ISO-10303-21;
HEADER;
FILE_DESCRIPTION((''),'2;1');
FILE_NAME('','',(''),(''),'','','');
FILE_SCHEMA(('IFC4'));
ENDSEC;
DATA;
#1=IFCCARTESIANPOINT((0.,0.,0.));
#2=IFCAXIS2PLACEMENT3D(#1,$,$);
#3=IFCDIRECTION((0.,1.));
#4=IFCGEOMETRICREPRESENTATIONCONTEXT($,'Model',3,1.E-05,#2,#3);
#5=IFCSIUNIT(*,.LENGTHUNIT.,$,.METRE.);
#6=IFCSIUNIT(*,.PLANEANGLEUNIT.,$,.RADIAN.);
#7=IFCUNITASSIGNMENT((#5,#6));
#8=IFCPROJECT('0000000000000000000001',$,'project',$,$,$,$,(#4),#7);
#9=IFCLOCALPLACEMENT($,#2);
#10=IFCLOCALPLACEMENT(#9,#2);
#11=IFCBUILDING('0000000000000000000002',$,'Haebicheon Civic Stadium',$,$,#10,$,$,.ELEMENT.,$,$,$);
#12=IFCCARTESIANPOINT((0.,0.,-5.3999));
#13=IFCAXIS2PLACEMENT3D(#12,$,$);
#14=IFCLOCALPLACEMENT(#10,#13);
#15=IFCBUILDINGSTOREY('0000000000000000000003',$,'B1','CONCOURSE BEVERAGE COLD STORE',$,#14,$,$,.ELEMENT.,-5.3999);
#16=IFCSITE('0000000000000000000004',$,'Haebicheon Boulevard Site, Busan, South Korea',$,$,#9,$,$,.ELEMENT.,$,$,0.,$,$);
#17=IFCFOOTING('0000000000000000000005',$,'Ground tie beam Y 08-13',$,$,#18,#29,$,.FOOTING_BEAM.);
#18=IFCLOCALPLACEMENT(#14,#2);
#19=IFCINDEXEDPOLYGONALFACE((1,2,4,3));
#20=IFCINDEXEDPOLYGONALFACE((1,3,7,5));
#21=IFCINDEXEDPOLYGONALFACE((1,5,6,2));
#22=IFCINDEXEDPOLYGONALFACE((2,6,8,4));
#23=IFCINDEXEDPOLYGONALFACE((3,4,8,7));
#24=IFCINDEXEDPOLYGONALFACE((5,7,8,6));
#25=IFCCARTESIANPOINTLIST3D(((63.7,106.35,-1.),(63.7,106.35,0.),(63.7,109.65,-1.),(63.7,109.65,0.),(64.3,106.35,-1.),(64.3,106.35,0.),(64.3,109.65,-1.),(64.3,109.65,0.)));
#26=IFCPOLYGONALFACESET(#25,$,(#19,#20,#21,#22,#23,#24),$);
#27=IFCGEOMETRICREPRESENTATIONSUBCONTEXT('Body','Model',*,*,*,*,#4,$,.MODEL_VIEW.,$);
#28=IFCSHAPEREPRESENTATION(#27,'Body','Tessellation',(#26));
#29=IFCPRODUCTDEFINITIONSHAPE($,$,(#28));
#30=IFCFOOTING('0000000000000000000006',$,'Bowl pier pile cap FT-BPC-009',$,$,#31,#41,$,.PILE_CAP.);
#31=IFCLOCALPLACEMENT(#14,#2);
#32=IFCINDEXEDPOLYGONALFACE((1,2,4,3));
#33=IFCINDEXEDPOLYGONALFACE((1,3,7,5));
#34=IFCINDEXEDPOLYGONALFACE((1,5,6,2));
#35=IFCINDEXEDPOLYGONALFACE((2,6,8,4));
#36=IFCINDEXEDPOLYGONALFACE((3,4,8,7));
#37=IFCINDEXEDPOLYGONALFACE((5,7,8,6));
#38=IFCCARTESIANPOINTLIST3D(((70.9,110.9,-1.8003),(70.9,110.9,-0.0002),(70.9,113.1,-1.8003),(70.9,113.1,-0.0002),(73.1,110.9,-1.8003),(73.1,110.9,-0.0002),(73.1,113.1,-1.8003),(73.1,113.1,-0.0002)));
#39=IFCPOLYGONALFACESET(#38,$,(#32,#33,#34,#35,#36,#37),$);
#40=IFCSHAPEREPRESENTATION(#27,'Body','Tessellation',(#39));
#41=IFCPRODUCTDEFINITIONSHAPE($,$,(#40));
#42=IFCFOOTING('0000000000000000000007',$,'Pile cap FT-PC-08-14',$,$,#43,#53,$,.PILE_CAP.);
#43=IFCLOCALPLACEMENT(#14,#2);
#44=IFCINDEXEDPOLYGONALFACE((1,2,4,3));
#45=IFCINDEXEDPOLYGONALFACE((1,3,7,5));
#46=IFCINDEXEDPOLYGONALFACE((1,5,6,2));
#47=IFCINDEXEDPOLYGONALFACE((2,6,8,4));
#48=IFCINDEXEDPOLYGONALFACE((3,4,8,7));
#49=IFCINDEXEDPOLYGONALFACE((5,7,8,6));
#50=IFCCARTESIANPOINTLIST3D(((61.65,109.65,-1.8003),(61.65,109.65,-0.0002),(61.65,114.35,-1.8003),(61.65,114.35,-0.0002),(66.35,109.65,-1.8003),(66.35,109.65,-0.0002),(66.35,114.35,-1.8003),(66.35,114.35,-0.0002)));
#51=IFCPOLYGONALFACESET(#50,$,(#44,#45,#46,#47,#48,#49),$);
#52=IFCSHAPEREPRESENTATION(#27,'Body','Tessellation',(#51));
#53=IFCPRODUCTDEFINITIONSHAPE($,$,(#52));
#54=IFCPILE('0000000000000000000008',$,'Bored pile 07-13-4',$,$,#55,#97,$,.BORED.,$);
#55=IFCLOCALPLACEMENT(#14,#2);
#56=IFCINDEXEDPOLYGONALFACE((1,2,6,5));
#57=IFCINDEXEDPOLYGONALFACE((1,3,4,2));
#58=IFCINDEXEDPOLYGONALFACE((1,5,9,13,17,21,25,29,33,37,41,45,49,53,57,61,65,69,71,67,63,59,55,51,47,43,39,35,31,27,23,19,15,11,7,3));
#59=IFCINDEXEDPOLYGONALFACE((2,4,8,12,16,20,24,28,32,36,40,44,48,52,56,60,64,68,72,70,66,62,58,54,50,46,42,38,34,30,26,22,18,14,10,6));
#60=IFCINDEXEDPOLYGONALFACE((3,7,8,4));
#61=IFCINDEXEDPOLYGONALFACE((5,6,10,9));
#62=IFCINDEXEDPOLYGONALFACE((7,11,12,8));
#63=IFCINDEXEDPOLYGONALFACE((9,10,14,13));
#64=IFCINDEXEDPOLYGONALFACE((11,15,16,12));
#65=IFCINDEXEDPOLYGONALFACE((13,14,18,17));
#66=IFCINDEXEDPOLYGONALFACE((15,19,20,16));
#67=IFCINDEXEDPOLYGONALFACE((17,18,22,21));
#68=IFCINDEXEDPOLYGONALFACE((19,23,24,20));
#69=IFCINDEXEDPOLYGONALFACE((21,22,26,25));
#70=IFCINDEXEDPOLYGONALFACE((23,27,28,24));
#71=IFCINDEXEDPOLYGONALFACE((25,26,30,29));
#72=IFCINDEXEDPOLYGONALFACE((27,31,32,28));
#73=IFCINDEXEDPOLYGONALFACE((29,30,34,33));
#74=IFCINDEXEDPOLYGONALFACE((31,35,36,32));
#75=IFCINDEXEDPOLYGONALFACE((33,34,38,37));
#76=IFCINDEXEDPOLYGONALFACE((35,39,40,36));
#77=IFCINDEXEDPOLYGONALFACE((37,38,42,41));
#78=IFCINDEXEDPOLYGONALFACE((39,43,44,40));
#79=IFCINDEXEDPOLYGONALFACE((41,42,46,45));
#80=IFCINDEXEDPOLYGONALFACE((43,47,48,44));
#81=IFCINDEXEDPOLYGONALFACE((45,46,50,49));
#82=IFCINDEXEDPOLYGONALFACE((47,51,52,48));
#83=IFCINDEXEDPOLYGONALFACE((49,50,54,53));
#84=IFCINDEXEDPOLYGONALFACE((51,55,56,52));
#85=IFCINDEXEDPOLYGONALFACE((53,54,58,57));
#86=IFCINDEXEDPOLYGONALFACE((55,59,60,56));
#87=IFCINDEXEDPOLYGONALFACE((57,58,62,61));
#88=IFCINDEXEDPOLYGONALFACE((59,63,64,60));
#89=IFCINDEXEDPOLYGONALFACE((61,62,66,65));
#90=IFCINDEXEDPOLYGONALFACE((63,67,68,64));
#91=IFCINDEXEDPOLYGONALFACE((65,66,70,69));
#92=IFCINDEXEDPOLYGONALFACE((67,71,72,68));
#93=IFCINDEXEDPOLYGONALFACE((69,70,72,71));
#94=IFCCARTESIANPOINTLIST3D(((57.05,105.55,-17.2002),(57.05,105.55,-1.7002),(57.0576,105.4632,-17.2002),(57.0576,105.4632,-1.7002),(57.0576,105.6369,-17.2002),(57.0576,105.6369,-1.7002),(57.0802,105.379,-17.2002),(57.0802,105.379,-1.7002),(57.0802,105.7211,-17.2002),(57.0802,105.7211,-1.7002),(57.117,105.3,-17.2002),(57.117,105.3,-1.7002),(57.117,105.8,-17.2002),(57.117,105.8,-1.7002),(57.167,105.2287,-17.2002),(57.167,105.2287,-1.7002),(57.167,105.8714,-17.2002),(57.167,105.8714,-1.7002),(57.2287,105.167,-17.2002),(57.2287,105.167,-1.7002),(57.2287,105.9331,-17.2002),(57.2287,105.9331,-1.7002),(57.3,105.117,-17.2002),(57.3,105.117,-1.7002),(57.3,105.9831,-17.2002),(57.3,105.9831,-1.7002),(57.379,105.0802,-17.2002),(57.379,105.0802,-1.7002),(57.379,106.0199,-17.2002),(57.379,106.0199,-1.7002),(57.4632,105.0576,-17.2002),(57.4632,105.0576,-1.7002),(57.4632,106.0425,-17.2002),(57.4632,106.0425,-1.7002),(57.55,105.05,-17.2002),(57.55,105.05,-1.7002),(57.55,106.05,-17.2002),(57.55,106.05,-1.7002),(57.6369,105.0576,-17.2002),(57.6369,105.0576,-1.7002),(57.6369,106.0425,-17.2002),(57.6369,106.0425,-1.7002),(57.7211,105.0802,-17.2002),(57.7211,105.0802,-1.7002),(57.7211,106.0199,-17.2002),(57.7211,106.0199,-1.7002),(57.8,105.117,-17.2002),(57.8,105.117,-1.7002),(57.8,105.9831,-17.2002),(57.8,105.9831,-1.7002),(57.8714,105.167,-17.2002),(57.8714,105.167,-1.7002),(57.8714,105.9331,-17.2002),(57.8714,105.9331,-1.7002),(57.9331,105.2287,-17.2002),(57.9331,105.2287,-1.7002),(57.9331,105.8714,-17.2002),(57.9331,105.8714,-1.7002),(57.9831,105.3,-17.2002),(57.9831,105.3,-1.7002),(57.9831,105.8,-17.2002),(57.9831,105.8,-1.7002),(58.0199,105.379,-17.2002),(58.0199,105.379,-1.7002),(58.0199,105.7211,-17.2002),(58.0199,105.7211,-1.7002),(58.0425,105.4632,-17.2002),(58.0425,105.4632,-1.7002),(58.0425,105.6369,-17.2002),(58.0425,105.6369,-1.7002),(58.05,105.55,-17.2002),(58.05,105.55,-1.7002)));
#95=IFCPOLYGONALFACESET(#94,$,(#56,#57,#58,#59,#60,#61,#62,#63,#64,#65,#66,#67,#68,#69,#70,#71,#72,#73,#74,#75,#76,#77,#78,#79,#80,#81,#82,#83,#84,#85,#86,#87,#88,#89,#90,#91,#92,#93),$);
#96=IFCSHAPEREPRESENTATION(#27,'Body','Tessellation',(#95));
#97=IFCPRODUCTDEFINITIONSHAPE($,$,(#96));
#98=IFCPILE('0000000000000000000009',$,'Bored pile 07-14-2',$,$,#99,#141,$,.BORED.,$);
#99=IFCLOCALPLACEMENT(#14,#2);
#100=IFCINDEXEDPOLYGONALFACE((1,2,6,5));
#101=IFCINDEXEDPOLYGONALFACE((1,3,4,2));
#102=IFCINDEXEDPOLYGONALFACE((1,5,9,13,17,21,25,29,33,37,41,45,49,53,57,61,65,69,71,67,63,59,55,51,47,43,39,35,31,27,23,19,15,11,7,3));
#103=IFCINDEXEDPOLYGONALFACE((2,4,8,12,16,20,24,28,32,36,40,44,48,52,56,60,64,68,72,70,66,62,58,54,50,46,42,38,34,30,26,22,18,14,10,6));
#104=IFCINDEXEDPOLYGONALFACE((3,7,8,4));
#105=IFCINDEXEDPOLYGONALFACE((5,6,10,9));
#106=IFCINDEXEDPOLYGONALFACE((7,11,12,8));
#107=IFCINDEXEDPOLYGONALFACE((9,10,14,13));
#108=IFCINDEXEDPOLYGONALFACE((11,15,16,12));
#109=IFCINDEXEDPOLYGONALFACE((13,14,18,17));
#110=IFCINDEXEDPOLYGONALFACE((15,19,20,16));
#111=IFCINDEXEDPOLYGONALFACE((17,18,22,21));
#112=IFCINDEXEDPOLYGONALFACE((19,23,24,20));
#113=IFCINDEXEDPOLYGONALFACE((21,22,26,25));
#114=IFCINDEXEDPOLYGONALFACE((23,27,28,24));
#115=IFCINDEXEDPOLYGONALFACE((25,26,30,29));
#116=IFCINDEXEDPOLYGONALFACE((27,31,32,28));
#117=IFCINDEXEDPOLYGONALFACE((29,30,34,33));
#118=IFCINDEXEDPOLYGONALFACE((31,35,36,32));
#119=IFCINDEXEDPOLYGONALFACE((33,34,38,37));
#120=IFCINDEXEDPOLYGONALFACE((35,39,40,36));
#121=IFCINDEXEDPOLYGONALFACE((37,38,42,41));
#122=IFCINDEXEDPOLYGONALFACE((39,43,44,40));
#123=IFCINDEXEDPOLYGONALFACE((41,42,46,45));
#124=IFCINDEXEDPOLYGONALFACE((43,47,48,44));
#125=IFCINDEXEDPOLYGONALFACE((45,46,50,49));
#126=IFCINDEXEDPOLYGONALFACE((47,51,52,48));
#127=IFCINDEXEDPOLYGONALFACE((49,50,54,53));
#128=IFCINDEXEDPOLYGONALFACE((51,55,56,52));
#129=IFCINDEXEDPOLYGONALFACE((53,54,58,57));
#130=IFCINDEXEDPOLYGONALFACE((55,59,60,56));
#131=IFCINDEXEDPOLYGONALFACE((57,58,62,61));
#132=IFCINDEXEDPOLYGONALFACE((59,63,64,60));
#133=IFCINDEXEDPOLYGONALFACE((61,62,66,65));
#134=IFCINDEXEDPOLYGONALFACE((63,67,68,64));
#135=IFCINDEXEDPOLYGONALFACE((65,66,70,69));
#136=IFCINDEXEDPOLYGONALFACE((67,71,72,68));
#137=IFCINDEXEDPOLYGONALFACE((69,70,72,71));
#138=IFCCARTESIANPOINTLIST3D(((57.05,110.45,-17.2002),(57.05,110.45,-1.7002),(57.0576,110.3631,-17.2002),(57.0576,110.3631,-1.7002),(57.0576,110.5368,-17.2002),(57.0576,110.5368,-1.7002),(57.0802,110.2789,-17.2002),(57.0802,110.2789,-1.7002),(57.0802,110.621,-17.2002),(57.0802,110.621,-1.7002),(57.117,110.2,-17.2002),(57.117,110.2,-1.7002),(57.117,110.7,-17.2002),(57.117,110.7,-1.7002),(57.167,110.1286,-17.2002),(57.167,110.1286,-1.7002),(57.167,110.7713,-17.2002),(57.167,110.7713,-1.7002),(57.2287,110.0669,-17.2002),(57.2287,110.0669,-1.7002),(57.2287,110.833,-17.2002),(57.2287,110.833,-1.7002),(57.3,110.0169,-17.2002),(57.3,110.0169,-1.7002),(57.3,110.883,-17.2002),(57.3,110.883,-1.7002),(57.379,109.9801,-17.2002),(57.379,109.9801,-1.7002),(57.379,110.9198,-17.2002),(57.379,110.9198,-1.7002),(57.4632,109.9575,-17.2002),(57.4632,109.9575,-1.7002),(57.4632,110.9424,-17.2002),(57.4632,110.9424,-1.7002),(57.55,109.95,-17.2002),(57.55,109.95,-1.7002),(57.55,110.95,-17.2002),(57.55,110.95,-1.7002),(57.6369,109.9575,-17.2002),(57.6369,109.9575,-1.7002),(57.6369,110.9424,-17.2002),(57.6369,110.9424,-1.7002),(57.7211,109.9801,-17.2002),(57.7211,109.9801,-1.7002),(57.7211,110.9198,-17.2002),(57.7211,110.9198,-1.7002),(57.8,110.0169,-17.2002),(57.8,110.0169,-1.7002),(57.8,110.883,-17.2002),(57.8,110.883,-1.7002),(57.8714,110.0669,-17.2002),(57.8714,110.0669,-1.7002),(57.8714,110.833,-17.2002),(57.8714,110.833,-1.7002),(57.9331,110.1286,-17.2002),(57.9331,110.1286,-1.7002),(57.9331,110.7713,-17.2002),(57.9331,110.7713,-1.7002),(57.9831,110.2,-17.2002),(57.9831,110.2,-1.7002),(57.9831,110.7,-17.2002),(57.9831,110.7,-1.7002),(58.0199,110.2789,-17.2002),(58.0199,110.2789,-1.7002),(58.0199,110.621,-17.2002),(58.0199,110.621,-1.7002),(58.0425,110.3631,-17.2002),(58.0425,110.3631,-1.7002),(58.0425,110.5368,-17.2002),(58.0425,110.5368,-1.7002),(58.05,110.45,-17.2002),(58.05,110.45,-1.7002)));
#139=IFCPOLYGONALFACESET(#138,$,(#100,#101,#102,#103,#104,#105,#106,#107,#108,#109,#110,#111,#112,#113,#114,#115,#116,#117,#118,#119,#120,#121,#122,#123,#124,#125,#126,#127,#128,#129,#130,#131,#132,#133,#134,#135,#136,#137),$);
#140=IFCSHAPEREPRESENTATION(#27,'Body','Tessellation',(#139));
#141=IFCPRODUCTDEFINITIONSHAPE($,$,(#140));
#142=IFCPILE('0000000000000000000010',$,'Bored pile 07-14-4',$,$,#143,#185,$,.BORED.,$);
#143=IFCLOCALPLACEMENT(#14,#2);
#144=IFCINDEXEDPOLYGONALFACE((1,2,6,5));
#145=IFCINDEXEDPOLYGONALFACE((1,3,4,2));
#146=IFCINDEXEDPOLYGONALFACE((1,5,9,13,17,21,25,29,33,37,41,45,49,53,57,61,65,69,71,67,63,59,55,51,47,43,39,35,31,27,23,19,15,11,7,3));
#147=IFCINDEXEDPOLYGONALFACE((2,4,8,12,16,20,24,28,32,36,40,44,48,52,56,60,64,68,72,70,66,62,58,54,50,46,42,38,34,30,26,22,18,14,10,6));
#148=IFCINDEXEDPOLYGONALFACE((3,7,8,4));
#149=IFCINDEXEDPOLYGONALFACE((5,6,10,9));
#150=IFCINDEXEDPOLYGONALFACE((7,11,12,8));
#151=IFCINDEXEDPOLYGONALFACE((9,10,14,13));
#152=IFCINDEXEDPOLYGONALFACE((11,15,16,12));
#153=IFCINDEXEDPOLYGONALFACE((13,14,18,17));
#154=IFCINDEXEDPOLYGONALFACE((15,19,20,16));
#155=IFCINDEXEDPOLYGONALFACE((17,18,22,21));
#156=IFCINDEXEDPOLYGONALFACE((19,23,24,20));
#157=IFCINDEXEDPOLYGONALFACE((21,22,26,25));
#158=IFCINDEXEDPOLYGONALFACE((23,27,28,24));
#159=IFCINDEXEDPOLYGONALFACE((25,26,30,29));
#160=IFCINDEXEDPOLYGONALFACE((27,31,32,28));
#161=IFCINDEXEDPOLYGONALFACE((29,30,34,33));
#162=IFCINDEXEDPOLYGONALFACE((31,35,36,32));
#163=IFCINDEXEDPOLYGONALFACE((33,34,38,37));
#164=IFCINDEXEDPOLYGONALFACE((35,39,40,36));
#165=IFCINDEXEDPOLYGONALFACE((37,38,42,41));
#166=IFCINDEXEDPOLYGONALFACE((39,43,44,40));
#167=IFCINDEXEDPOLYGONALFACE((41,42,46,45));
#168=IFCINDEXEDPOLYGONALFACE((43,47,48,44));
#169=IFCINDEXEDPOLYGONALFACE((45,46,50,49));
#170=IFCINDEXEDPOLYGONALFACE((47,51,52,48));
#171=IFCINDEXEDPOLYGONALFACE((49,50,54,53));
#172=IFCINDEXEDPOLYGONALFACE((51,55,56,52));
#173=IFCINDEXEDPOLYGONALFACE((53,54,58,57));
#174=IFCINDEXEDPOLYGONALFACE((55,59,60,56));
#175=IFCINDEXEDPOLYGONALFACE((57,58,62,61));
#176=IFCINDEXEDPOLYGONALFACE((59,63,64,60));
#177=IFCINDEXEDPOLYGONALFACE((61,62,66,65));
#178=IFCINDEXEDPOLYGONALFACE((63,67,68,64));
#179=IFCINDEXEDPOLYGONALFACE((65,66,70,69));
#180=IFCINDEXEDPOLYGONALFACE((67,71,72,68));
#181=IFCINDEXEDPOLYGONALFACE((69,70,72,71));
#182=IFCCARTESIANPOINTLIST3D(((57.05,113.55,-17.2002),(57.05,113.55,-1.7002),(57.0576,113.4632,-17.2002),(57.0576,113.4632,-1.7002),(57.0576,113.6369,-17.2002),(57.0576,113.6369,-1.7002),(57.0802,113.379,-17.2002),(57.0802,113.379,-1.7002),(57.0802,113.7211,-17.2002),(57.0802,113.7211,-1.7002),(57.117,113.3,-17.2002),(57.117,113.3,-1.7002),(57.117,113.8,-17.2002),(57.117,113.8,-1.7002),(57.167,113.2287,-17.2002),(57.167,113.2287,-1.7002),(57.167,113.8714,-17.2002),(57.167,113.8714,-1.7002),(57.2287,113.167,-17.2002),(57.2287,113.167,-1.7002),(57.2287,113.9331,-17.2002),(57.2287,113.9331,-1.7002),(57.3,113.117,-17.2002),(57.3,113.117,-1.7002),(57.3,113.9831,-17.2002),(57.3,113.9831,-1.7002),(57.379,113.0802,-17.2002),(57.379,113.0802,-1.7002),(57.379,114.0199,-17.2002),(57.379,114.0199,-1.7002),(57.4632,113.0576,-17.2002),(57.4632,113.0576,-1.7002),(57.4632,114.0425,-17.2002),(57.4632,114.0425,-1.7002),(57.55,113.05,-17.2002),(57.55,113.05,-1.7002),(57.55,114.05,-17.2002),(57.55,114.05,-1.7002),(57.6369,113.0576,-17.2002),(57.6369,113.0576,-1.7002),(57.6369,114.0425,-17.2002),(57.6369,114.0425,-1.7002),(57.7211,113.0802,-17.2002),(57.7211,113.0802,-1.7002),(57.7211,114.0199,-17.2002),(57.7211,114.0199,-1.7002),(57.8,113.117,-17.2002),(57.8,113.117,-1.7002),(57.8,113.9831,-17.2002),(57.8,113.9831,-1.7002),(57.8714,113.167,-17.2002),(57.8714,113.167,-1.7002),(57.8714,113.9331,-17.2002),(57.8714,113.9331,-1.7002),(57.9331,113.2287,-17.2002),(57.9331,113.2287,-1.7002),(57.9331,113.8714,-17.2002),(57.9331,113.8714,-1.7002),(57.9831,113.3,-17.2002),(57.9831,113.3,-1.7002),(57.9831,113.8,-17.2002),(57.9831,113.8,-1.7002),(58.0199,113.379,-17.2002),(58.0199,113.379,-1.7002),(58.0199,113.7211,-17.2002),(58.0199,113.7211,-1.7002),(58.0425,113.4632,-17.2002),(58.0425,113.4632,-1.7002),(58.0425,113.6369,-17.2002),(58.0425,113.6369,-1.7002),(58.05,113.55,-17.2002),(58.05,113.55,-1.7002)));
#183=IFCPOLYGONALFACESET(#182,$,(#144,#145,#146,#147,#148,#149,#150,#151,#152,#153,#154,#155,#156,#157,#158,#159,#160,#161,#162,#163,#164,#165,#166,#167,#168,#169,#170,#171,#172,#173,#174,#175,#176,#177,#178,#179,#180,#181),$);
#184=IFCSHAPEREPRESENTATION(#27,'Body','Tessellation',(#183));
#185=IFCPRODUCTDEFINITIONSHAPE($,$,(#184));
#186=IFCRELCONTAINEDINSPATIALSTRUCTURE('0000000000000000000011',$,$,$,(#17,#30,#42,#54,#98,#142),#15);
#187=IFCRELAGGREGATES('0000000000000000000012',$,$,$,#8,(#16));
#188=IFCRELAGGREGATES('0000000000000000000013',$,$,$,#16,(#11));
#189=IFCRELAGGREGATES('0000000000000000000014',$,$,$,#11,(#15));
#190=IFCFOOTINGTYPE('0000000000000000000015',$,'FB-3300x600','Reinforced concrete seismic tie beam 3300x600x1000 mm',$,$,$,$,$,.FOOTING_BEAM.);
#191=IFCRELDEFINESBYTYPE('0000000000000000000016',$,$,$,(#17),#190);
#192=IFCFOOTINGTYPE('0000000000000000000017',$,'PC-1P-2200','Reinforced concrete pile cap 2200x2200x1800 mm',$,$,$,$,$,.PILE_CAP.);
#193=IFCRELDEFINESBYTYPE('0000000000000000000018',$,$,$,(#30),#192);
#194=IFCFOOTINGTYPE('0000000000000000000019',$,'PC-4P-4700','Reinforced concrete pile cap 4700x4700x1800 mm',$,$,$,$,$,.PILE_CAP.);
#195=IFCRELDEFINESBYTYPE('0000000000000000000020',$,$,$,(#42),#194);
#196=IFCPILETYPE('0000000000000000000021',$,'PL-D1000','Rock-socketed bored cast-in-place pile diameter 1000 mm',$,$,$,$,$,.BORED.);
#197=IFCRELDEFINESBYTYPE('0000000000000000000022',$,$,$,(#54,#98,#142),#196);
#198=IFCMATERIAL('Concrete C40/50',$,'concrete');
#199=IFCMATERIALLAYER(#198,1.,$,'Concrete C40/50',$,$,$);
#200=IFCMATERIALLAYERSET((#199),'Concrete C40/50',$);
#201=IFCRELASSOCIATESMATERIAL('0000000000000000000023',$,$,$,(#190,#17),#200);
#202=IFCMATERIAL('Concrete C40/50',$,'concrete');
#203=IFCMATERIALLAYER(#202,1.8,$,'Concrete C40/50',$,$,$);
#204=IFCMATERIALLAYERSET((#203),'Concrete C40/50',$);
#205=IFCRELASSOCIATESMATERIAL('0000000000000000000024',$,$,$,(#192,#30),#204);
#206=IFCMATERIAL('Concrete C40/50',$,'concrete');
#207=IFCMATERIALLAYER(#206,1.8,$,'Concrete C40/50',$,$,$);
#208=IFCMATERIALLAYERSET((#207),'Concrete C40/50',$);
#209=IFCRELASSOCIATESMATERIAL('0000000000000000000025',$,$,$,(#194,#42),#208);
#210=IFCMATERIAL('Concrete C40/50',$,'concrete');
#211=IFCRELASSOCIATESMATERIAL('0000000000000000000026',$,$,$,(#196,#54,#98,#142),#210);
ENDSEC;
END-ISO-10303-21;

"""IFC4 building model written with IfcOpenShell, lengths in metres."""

from ifc_helpers import new_model, si_unit, direction, frame, origin, origin_2d, place, context, subcontext, project, spatial, rectangle, circle, extrude, material, layer, layer_set, material_profile, profile_set, type_object, element, save


model = new_model("IFC4")

# Units and contexts
model_context = context("Model", 3, precision=1e-05, world=origin(), true_north=direction((0.0, 1.0)))
body_context = subcontext(model_context, "Body", "Model", "MODEL_VIEW")
ifc_project = project(units=[si_unit("LENGTHUNIT", "METRE"), si_unit("PLANEANGLEUNIT", "RADIAN")], contexts=[model_context])

# Site, building, storey
site_placement = place(None, origin())
site = spatial("IfcSite", under=ifc_project, at=site_placement, Name="Haebicheon Boulevard Site, Busan, South Korea", CompositionType="ELEMENT", RefElevation=0.0)
building_placement = place(site_placement, origin())
building = spatial("IfcBuilding", under=site, at=building_placement, Name="Haebicheon Civic Stadium", CompositionType="ELEMENT")
storey_placement = place(building_placement, frame((0.0, 0.0, -5.3999)))
storey = spatial("IfcBuildingStorey", under=building, at=storey_placement, Name="B1", Description="CONCOURSE BEVERAGE COLD STORE", CompositionType="ELEMENT", Elevation=-5.3999)

# Footings
ifc_material_1 = material(Name="Concrete C40/50", Category="concrete")
ifc_layer_1 = layer(ifc_material_1, 1.0, Name="Concrete C40/50")
ifc_layer_set_1 = layer_set([ifc_layer_1], Name="Concrete C40/50")
footing_type_1 = type_object("IfcFootingType", Name="FB-3300x600", Description="Reinforced concrete seismic tie beam 3300x600x1000 mm", PredefinedType="FOOTING_BEAM", material=ifc_layer_set_1)
footing_1_placement = place(storey_placement, frame((64.0, 108.0, -1.0), z_axis=(0.0, 0.0, 1.0), x_axis=(0.0, 1.0, 0.0)))
element("IfcFooting", 1, at=footing_1_placement, inside=storey, type_object=footing_type_1, material=ifc_layer_set_1, Name="Ground tie beam Y 08-13", PredefinedType="FOOTING_BEAM", context=body_context, shape_type="SweptSolid", body=[
    extrude(rectangle(XDim=3.3, YDim=0.6001, at=origin_2d()), origin(), (0.0, 0.0, 1.0), 1.0),
])
ifc_material_2 = material(Name="Concrete C40/50", Category="concrete")
ifc_layer_2 = layer(ifc_material_2, 1.8, Name="Concrete C40/50")
ifc_layer_set_2 = layer_set([ifc_layer_2], Name="Concrete C40/50")
footing_type_2 = type_object("IfcFootingType", Name="PC-1P-2200", Description="Reinforced concrete pile cap 2200x2200x1800 mm", PredefinedType="PILE_CAP", material=ifc_layer_set_2)
footing_2_placement = place(storey_placement, frame((72.0, 112.0, -1.8003), z_axis=(0.0, 0.0, 1.0), x_axis=(1.0, 0.0, 0.0)))
element("IfcFooting", 2, at=footing_2_placement, inside=storey, type_object=footing_type_2, material=ifc_layer_set_2, Name="Bowl pier pile cap FT-BPC-009", PredefinedType="PILE_CAP", context=body_context, shape_type="SweptSolid", body=[
    extrude(rectangle(XDim=2.2, YDim=2.2, at=origin_2d()), origin(), (0.0, 0.0, 1.0), 1.8),
])
ifc_material_3 = material(Name="Concrete C40/50", Category="concrete")
ifc_layer_3 = layer(ifc_material_3, 1.8, Name="Concrete C40/50")
ifc_layer_set_3 = layer_set([ifc_layer_3], Name="Concrete C40/50")
footing_type_3 = type_object("IfcFootingType", Name="PC-4P-4700", Description="Reinforced concrete pile cap 4700x4700x1800 mm", PredefinedType="PILE_CAP", material=ifc_layer_set_3)
footing_3_placement = place(storey_placement, frame((64.0, 112.0, -1.8003), z_axis=(0.0, 0.0, 1.0), x_axis=(1.0, 0.0, 0.0)))
element("IfcFooting", 3, at=footing_3_placement, inside=storey, type_object=footing_type_3, material=ifc_layer_set_3, Name="Pile cap FT-PC-08-14", PredefinedType="PILE_CAP", context=body_context, shape_type="SweptSolid", body=[
    extrude(rectangle(XDim=4.7, YDim=4.7, at=origin_2d()), origin(), (0.0, 0.0, 1.0), 1.8),
])

# Piles
ifc_material_4 = material(Name="Concrete C40/50", Category="concrete")
ifc_material_profile_1 = material_profile(ifc_material_4, circle(Radius=0.5, at=origin_2d()), Name="PILE-D1000")
ifc_profile_set_1 = profile_set([ifc_material_profile_1], Name="Concrete C40/50")
pile_type = type_object("IfcPileType", Name="PL-D1000", Description="Rock-socketed bored cast-in-place pile diameter 1000 mm", PredefinedType="BORED", material=ifc_profile_set_1)
for number, where, z_axis, x_axis, name in (
    (4, (57.55, 105.55, -1.7002), (0.0, 0.0, -1.0), (1.0, 0.0, 0.0), "Bored pile 07-13-4"),
    (5, (57.55, 110.45, -1.7002), (0.0, 0.0, -1.0), (1.0, 0.0, 0.0), "Bored pile 07-14-2"),
    (6, (57.55, 113.55, -1.7002), (0.0, 0.0, -1.0), (1.0, 0.0, 0.0), "Bored pile 07-14-4"),
):
    element("IfcPile", number, at=place(storey_placement, frame(where, z_axis=z_axis, x_axis=x_axis)), inside=storey, type_object=pile_type, material=ifc_profile_set_1, Name=name, PredefinedType="BORED", context=body_context, shape_type="SweptSolid", body=[
        extrude(circle(Radius=0.5, at=origin_2d()), origin(), (0.0, 0.0, 1.0), 15.5),
    ])

save(model, "model.ifc")
